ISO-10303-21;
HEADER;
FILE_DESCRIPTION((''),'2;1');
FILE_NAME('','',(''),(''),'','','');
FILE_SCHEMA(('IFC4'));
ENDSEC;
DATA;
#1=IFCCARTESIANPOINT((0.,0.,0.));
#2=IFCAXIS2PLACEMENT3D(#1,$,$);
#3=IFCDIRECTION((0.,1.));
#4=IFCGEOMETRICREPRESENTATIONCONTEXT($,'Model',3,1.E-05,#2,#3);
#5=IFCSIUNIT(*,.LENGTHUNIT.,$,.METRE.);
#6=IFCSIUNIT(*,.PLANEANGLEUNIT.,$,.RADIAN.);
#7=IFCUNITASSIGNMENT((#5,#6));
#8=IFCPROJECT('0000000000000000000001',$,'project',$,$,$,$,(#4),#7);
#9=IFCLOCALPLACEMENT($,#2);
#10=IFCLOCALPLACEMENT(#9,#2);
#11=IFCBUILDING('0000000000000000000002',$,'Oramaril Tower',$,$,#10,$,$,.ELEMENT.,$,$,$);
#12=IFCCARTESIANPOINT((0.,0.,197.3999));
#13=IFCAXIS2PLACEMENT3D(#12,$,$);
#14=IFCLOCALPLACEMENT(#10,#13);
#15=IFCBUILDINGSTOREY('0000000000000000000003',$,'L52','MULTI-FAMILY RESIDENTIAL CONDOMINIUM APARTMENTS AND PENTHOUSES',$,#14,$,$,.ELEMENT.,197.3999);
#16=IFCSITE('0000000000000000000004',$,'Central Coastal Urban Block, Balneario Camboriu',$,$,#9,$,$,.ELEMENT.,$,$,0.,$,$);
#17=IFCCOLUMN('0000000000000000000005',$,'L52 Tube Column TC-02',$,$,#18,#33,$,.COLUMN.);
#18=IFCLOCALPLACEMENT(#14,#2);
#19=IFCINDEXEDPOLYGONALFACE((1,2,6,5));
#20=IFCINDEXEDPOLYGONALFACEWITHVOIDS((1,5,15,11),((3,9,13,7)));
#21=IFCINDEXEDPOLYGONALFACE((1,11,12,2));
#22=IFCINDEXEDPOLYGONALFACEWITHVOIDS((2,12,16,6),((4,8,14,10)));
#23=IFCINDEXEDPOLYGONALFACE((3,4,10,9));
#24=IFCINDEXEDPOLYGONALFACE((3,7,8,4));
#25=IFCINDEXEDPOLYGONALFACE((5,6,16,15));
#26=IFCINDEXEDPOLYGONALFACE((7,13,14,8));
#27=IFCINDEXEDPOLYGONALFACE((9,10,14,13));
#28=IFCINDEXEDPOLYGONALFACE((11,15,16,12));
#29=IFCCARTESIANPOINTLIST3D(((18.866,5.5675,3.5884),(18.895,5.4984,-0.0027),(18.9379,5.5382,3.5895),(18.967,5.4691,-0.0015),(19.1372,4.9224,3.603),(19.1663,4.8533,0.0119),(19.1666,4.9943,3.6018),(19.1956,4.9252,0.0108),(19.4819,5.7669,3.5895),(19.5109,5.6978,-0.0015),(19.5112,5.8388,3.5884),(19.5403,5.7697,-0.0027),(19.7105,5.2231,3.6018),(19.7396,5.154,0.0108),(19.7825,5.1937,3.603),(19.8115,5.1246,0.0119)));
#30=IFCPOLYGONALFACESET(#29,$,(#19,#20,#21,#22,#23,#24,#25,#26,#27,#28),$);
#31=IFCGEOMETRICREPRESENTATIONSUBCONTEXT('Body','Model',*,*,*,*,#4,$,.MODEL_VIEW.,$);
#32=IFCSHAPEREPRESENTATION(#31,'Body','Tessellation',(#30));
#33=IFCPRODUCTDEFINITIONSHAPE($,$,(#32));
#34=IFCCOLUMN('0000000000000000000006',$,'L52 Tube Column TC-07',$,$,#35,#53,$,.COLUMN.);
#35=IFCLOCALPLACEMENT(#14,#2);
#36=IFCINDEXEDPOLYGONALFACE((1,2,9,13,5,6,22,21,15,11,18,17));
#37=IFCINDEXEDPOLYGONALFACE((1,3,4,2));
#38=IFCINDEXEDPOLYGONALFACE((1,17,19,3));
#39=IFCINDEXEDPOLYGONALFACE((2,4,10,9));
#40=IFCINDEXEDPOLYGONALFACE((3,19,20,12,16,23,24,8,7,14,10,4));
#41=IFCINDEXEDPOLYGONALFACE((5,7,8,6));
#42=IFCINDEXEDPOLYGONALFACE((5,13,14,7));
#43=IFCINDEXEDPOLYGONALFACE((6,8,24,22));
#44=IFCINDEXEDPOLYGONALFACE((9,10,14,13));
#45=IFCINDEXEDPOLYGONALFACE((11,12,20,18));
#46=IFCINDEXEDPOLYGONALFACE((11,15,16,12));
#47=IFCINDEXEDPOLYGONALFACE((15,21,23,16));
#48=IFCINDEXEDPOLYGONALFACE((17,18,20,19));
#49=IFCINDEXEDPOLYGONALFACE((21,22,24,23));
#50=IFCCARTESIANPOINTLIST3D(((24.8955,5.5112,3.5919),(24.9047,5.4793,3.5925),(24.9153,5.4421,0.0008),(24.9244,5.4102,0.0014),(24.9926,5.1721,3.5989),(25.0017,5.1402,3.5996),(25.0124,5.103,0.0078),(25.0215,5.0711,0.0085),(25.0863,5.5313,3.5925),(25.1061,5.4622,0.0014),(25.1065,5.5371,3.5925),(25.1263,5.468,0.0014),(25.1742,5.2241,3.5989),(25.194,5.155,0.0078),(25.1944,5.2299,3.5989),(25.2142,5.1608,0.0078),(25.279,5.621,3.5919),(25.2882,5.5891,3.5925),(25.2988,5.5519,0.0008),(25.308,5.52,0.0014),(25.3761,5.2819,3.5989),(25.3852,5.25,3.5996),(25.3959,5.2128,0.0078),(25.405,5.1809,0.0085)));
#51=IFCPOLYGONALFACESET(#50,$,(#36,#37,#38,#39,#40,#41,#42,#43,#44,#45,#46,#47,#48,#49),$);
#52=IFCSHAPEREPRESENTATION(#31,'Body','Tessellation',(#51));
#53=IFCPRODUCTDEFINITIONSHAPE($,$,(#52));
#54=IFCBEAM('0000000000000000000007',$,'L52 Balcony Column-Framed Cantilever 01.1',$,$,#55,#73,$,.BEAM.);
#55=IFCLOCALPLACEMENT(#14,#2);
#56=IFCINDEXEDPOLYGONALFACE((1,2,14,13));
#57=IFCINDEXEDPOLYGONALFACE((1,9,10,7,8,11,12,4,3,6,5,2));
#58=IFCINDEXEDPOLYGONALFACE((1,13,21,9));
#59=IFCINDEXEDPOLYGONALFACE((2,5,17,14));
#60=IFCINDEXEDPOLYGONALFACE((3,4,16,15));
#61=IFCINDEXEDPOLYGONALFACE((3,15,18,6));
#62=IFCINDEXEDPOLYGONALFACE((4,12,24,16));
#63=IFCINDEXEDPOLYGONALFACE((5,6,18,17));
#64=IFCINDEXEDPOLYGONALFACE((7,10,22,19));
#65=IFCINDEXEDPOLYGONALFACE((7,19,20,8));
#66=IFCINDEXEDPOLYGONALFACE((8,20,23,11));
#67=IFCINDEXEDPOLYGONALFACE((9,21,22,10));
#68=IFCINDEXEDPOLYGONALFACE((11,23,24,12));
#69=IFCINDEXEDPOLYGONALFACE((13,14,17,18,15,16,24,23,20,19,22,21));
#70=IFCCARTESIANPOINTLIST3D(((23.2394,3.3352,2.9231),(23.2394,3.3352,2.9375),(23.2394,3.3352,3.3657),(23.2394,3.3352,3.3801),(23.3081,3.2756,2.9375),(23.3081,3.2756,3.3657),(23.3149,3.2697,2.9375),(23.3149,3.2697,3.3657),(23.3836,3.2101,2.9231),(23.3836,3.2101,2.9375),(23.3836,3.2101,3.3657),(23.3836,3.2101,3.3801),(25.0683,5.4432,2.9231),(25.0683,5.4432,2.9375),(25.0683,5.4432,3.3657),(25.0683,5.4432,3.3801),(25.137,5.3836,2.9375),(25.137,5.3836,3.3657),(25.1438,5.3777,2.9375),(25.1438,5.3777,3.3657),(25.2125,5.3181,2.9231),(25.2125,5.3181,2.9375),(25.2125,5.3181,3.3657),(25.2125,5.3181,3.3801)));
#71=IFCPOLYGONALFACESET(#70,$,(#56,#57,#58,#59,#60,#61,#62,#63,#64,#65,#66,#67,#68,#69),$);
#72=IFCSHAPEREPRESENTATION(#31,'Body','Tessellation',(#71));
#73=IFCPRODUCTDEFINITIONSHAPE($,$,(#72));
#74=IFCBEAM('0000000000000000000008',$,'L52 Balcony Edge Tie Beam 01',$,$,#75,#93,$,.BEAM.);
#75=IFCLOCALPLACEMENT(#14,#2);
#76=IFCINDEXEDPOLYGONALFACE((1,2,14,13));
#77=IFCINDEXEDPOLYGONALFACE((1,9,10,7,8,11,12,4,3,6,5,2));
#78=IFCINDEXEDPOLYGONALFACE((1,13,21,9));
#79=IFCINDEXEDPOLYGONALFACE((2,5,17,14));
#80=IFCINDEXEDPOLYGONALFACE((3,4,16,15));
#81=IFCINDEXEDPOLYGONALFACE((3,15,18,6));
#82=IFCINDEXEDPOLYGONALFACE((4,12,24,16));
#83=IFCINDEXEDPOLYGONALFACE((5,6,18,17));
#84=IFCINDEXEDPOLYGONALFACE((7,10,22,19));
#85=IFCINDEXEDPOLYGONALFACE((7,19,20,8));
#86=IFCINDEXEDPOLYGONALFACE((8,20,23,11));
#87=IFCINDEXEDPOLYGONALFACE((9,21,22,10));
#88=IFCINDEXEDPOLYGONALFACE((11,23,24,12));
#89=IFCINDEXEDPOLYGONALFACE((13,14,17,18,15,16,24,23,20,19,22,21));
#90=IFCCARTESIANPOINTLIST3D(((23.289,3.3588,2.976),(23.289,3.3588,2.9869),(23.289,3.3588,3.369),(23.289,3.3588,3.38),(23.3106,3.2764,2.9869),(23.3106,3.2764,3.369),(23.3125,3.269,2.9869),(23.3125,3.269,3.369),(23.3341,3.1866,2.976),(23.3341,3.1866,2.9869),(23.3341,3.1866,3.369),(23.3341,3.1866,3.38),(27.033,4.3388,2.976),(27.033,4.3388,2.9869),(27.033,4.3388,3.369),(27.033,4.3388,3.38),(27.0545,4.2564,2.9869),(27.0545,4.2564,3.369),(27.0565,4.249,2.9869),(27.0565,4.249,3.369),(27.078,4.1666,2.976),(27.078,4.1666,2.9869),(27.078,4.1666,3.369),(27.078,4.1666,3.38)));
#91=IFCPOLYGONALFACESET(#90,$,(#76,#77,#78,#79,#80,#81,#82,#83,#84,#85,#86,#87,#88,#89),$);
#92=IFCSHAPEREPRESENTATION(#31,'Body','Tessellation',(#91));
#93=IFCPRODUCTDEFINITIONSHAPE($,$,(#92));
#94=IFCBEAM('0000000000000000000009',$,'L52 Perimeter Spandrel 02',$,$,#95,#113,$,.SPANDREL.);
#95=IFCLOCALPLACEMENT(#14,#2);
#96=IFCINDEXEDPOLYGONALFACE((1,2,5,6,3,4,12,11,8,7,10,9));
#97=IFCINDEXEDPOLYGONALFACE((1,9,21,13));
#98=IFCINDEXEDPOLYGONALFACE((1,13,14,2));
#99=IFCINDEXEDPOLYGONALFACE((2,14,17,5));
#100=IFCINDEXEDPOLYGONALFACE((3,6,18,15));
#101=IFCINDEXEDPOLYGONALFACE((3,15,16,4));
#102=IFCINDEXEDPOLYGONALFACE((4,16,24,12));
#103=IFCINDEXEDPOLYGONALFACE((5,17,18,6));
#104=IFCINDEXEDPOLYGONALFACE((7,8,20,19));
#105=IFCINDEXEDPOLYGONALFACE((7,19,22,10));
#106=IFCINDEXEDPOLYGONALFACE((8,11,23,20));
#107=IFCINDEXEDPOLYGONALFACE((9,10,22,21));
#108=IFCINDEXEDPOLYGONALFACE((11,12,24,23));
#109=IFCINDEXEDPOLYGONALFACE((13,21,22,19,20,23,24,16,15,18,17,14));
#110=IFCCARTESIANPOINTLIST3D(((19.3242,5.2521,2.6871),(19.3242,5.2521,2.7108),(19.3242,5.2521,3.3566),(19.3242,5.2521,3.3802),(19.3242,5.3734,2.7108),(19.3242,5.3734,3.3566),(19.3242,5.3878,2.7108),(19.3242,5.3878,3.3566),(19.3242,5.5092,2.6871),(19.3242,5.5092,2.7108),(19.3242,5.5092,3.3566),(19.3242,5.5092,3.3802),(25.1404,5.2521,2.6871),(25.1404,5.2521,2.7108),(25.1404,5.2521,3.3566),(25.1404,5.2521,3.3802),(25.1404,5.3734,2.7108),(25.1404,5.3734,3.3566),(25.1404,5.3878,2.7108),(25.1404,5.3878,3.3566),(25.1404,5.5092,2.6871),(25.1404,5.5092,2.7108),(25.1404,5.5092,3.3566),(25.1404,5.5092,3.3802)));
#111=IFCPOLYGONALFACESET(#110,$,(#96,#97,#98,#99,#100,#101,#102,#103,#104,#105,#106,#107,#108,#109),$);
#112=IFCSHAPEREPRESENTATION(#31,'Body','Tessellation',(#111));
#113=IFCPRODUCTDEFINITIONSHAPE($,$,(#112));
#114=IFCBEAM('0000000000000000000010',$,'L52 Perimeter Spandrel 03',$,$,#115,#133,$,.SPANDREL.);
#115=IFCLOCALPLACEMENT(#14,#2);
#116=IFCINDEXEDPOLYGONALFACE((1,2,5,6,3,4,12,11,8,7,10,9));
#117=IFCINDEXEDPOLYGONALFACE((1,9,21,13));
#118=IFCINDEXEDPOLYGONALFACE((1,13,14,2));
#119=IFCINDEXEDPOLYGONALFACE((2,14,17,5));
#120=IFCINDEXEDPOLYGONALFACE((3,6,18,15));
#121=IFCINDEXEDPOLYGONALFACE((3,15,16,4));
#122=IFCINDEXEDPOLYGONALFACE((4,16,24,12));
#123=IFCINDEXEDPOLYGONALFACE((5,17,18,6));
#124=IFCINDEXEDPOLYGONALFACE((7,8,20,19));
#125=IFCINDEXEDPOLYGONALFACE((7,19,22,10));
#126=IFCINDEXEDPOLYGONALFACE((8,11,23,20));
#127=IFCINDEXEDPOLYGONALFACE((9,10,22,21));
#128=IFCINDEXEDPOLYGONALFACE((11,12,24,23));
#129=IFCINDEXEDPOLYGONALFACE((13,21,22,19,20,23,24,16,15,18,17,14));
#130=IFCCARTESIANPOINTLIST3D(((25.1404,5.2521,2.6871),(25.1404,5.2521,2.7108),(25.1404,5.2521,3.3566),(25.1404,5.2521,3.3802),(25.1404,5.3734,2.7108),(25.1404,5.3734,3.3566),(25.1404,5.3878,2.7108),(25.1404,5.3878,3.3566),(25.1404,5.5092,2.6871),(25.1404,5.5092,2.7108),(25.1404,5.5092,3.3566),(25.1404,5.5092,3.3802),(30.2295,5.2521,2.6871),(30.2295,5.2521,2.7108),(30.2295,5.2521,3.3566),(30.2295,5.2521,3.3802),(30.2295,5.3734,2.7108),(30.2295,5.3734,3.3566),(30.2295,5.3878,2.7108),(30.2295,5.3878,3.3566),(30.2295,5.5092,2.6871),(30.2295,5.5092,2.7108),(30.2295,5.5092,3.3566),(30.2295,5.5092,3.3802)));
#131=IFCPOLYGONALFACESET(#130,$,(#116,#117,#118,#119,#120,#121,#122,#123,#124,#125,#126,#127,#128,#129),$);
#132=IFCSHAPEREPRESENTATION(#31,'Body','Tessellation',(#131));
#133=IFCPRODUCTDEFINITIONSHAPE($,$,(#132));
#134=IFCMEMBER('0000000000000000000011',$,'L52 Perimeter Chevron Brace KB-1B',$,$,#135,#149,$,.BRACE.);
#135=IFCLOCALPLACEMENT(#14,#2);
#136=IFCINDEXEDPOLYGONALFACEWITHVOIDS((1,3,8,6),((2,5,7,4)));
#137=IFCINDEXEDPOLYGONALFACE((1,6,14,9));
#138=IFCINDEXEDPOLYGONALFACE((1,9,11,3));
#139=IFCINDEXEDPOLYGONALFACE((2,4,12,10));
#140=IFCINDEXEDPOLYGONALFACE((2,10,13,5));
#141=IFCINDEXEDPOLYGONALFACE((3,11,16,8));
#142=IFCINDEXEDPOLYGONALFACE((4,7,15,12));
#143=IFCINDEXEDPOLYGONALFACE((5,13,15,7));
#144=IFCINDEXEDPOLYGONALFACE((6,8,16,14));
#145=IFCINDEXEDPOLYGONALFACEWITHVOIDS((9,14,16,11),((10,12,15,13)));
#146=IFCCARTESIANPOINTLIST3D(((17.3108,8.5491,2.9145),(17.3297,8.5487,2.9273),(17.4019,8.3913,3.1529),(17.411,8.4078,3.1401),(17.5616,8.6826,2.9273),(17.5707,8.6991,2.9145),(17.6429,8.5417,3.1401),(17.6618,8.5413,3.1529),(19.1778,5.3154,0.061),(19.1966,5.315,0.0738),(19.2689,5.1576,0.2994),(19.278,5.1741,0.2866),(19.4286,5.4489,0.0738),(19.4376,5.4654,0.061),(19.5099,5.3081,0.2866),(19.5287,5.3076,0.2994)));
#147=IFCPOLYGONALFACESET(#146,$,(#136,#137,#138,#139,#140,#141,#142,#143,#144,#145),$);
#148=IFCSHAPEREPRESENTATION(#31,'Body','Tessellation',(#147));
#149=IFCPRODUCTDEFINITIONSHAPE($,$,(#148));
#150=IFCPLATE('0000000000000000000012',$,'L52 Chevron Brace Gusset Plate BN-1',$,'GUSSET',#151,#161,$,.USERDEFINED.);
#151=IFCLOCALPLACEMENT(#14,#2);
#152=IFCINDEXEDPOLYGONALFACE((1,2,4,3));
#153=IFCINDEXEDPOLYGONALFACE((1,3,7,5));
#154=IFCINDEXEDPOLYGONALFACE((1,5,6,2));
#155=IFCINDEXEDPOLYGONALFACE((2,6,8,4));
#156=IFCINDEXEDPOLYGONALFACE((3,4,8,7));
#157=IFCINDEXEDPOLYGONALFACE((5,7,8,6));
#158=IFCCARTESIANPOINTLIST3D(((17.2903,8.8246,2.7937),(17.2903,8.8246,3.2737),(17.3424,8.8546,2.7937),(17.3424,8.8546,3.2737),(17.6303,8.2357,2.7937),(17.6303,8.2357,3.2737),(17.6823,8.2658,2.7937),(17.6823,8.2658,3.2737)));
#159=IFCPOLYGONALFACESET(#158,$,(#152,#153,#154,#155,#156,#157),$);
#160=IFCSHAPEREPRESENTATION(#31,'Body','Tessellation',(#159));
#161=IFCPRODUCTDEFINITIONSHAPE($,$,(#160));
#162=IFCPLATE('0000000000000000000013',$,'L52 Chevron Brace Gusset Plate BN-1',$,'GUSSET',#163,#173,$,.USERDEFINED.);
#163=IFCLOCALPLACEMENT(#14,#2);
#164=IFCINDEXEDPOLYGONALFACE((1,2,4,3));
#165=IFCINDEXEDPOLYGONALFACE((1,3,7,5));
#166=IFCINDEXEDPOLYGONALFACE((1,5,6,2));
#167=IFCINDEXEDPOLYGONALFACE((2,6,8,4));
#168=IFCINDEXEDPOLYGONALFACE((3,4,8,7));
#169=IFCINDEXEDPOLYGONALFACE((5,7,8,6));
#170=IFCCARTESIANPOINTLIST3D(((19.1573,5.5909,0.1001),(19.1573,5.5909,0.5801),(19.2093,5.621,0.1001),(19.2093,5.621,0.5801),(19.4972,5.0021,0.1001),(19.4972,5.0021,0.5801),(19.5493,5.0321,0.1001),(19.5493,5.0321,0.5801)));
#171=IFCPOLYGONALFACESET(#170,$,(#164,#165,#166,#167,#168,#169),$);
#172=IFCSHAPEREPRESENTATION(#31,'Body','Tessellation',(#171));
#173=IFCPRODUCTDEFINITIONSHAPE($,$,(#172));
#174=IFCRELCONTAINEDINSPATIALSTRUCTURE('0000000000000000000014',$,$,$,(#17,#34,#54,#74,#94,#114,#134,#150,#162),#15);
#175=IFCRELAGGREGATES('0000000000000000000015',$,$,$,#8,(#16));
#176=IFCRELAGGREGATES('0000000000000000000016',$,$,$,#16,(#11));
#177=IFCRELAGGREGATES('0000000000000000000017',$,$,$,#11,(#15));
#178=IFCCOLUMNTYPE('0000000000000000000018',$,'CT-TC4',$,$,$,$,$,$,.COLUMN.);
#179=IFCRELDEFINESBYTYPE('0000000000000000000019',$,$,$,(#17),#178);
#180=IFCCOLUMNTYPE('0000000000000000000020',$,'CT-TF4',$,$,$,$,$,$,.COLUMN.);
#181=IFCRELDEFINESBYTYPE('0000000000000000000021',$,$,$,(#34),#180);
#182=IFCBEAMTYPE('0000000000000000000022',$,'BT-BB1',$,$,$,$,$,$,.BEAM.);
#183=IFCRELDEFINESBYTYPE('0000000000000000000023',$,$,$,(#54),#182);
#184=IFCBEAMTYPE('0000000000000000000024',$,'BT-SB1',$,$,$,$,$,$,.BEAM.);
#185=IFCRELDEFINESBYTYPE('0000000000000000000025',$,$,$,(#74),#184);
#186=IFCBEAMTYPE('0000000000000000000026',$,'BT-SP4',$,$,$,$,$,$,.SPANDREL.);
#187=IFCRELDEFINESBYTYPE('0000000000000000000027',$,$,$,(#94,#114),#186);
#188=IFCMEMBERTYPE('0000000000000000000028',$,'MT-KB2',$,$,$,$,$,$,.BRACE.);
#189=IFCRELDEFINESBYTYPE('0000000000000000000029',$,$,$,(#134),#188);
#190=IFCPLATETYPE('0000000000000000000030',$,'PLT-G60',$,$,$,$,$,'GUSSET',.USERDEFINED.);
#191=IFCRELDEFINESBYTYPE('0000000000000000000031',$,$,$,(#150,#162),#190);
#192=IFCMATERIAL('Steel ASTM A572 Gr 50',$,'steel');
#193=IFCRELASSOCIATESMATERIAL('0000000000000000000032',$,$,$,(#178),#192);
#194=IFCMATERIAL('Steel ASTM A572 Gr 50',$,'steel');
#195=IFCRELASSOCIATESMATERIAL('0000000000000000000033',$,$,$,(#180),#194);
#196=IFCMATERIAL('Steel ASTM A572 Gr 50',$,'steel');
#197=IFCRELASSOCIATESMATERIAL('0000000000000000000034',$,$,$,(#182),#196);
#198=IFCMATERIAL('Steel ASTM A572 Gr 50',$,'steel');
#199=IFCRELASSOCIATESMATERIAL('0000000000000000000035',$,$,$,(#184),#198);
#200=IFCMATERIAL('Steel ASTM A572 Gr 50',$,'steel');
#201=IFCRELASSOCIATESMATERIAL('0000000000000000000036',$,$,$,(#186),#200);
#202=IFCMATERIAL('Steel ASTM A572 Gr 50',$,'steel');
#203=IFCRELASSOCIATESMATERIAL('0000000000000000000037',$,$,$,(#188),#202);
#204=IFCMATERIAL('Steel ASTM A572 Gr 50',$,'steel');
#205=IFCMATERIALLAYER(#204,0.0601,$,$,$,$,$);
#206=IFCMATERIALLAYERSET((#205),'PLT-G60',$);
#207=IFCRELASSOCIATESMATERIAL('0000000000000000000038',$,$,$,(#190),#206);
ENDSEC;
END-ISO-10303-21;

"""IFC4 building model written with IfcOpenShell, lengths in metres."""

from ifc_helpers import new_model, si_unit, direction, frame, origin, origin_2d, place, context, subcontext, project, spatial, rectangle, hollow_rectangle, i_section, extrude, material, layer, layer_set, material_profile, profile_set, type_object, element, save


model = new_model("IFC4")

# Units and contexts
model_context = context("Model", 3, precision=1e-05, world=origin(), true_north=direction((0.0, 1.0)))
body_context = subcontext(model_context, "Body", "Model", "MODEL_VIEW")
ifc_project = project(units=[si_unit("LENGTHUNIT", "METRE"), si_unit("PLANEANGLEUNIT", "RADIAN")], contexts=[model_context])

# Site, building, storey
site_placement = place(None, origin())
site = spatial("IfcSite", under=ifc_project, at=site_placement, Name="Central Coastal Urban Block, Balneario Camboriu", CompositionType="ELEMENT", RefElevation=0.0)
building_placement = place(site_placement, origin())
building = spatial("IfcBuilding", under=site, at=building_placement, Name="Oramaril Tower", CompositionType="ELEMENT")
storey_placement = place(building_placement, frame((0.0, 0.0, 197.3999)))
storey = spatial("IfcBuildingStorey", under=building, at=storey_placement, Name="L52", Description="MULTI-FAMILY RESIDENTIAL CONDOMINIUM APARTMENTS AND PENTHOUSES", CompositionType="ELEMENT", Elevation=197.3999)

# Columns
ifc_material_1 = material(Name="Steel ASTM A572 Gr 50", Category="steel")
ifc_material_profile_1 = material_profile(ifc_material_1, hollow_rectangle(XDim=0.7, YDim=0.7, WallThickness=0.0549, at=origin_2d()), Name="BOX700X700X55")
ifc_profile_set_1 = profile_set([ifc_material_profile_1], Name="Steel ASTM A572 Gr 50")
column_type_1 = type_object("IfcColumnType", Name="CT-TC4", PredefinedType="COLUMN", material=ifc_profile_set_1)
column_1_placement = place(storey_placement, frame((19.3533, 5.3115, 0.0046), z_axis=(-0.008089, 0.019236, 0.999782), x_axis=(-0.921819, -0.38762, 0.0)))
element("IfcColumn", 1, at=column_1_placement, inside=storey, type_object=column_type_1, Name="L52 Tube Column TC-02", PredefinedType="COLUMN", context=body_context, shape_type="SweptSolid", body=[
    extrude(hollow_rectangle(XDim=0.7, YDim=0.7, WallThickness=0.0549, at=origin_2d()), origin(), (0.0, 0.0, 1.0), 3.5918),
])
ifc_material_2 = material(Name="Steel ASTM A572 Gr 50", Category="steel")
ifc_material_profile_2 = material_profile(ifc_material_2, i_section(OverallWidth=0.3989, OverallDepth=0.386, WebThickness=0.021, FlangeThickness=0.0332, at=origin_2d()), Name="W14X176")
ifc_profile_set_2 = profile_set([ifc_material_profile_2], Name="Steel ASTM A572 Gr 50")
column_type_2 = type_object("IfcColumnType", Name="CT-TF4", PredefinedType="COLUMN", material=ifc_profile_set_2)
column_2_placement = place(storey_placement, frame((25.1602, 5.3115, 0.0046), z_axis=(-0.005506, 0.019236, 0.9998), x_axis=(-0.961396, -0.27517, 0.0)))
element("IfcColumn", 2, at=column_2_placement, inside=storey, type_object=column_type_2, Name="L52 Tube Column TC-07", PredefinedType="COLUMN", context=body_context, shape_type="SweptSolid", body=[
    extrude(i_section(OverallWidth=0.3989, OverallDepth=0.386, WebThickness=0.021, FlangeThickness=0.0332, at=origin_2d()), origin(), (0.0, 0.0, 1.0), 3.5918),
])

# Beams
ifc_material_3 = material(Name="Steel ASTM A572 Gr 50", Category="steel")
ifc_material_profile_3 = material_profile(ifc_material_3, i_section(OverallWidth=0.1909, OverallDepth=0.457, WebThickness=0.009, FlangeThickness=0.0144, at=origin_2d()), Name="W18X50")
ifc_profile_set_3 = profile_set([ifc_material_profile_3], Name="Steel ASTM A572 Gr 50")
beam_type_1 = type_object("IfcBeamType", Name="BT-BB1", PredefinedType="BEAM", material=ifc_profile_set_3)
beam_1_placement = place(storey_placement, frame((25.1404, 5.3806, 3.1516), z_axis=(-0.65534, -0.755334, 0.0), x_axis=(0.755334, -0.65534, 0.0)))
element("IfcBeam", 3, at=beam_1_placement, inside=storey, type_object=beam_type_1, Name="L52 Balcony Column-Framed Cantilever 01.1", PredefinedType="BEAM", context=body_context, shape_type="SweptSolid", body=[
    extrude(i_section(OverallWidth=0.1909, OverallDepth=0.457, WebThickness=0.009, FlangeThickness=0.0144, at=origin_2d()), origin(), (0.0, 0.0, 1.0), 2.7908),
])
ifc_material_4 = material(Name="Steel ASTM A572 Gr 50", Category="steel")
ifc_material_profile_4 = material_profile(ifc_material_4, i_section(OverallWidth=0.178, OverallDepth=0.4041, WebThickness=0.0076, FlangeThickness=0.011, at=origin_2d()), Name="W16X36")
ifc_profile_set_4 = profile_set([ifc_material_profile_4], Name="Steel ASTM A572 Gr 50")
beam_type_2 = type_object("IfcBeamType", Name="BT-SB1", PredefinedType="BEAM", material=ifc_profile_set_4)
beam_2_placement = place(storey_placement, frame((23.3115, 3.2727, 3.178), z_axis=(0.967408, 0.253223, 0.0), x_axis=(-0.253223, 0.967408, 0.0)))
element("IfcBeam", 4, at=beam_2_placement, inside=storey, type_object=beam_type_2, Name="L52 Balcony Edge Tie Beam 01", PredefinedType="BEAM", context=body_context, shape_type="SweptSolid", body=[
    extrude(i_section(OverallWidth=0.178, OverallDepth=0.4041, WebThickness=0.0076, FlangeThickness=0.011, at=origin_2d()), origin(), (0.0, 0.0, 1.0), 3.8701),
])
ifc_material_5 = material(Name="Steel ASTM A572 Gr 50", Category="steel")
ifc_material_profile_5 = material_profile(ifc_material_5, i_section(OverallWidth=0.2571, OverallDepth=0.6931, WebThickness=0.0144, FlangeThickness=0.0237, at=origin_2d()), Name="W27X114")
ifc_profile_set_5 = profile_set([ifc_material_profile_5], Name="Steel ASTM A572 Gr 50")
beam_type_3 = type_object("IfcBeamType", Name="BT-SP4", PredefinedType="SPANDREL", material=ifc_profile_set_5)
beam_3_placement = place(storey_placement, frame((19.3242, 5.3806, 3.0337), z_axis=(1.0, 0.0, 0.0), x_axis=(0.0, 1.0, 0.0)))
element("IfcBeam", 5, at=beam_3_placement, inside=storey, type_object=beam_type_3, Name="L52 Perimeter Spandrel 02", PredefinedType="SPANDREL", context=body_context, shape_type="SweptSolid", body=[
    extrude(i_section(OverallWidth=0.2571, OverallDepth=0.6931, WebThickness=0.0144, FlangeThickness=0.0237, at=origin_2d()), origin(), (0.0, 0.0, 1.0), 5.8162),
])
beam_4_placement = place(storey_placement, frame((25.1404, 5.3806, 3.0337), z_axis=(1.0, 0.0, 0.0), x_axis=(0.0, 1.0, 0.0)))
element("IfcBeam", 6, at=beam_4_placement, inside=storey, type_object=beam_type_3, Name="L52 Perimeter Spandrel 03", PredefinedType="SPANDREL", context=body_context, shape_type="SweptSolid", body=[
    extrude(i_section(OverallWidth=0.2571, OverallDepth=0.6931, WebThickness=0.0144, FlangeThickness=0.0237, at=origin_2d()), origin(), (0.0, 0.0, 1.0), 5.0891),
])

# Member
ifc_material_6 = material(Name="Steel ASTM A572 Gr 50", Category="steel")
ifc_material_profile_6 = material_profile(ifc_material_6, hollow_rectangle(XDim=0.3, YDim=0.3, WallThickness=0.0161, at=origin_2d()), Name="HSS300X300X16")
ifc_profile_set_6 = profile_set([ifc_material_profile_6], Name="Steel ASTM A572 Gr 50")
member_type = type_object("IfcMemberType", Name="MT-KB2", PredefinedType="BRACE", material=ifc_profile_set_6)
member_placement = place(storey_placement, frame((19.3533, 5.3115, 0.1802), z_axis=(-0.397272, 0.688095, 0.607207), x_axis=(-0.866026, -0.5, 0.0)))
element("IfcMember", 7, at=member_placement, inside=storey, type_object=member_type, Name="L52 Perimeter Chevron Brace KB-1B", PredefinedType="BRACE", context=body_context, shape_type="SweptSolid", body=[
    extrude(hollow_rectangle(XDim=0.3, YDim=0.3, WallThickness=0.0161, at=origin_2d()), origin(), (0.0, 0.0, 1.0), 4.6995),
])

# Plates
ifc_material_7 = material(Name="Steel ASTM A572 Gr 50", Category="steel")
ifc_layer_1 = layer(ifc_material_7, 0.0601)
ifc_layer_set_1 = layer_set([ifc_layer_1], Name="PLT-G60")
plate_type = type_object("IfcPlateType", Name="PLT-G60", ElementType="GUSSET", PredefinedType="USERDEFINED", material=ifc_layer_set_1)
for number, where, z_axis, x_axis, name in (
    (8, (17.4863, 8.5452, 2.7937), (0.0, 0.0, 1.0), (0.499995, -0.866028, 0.0), "L52 Chevron Brace Gusset Plate BN-1"),
    (9, (19.3533, 5.3115, 0.1001), (0.0, 0.0, 1.0), (0.499995, -0.866028, 0.0), "L52 Chevron Brace Gusset Plate BN-1"),
):
    element("IfcPlate", number, at=place(storey_placement, frame(where, z_axis=z_axis, x_axis=x_axis)), inside=storey, type_object=plate_type, Name=name, ObjectType="GUSSET", PredefinedType="USERDEFINED", context=body_context, shape_type="SweptSolid", body=[
        extrude(rectangle(XDim=0.6799, YDim=0.0601, at=origin_2d()), origin(), (0.0, 0.0, 1.0), 0.48),
    ])

save(model, "model.ifc")
